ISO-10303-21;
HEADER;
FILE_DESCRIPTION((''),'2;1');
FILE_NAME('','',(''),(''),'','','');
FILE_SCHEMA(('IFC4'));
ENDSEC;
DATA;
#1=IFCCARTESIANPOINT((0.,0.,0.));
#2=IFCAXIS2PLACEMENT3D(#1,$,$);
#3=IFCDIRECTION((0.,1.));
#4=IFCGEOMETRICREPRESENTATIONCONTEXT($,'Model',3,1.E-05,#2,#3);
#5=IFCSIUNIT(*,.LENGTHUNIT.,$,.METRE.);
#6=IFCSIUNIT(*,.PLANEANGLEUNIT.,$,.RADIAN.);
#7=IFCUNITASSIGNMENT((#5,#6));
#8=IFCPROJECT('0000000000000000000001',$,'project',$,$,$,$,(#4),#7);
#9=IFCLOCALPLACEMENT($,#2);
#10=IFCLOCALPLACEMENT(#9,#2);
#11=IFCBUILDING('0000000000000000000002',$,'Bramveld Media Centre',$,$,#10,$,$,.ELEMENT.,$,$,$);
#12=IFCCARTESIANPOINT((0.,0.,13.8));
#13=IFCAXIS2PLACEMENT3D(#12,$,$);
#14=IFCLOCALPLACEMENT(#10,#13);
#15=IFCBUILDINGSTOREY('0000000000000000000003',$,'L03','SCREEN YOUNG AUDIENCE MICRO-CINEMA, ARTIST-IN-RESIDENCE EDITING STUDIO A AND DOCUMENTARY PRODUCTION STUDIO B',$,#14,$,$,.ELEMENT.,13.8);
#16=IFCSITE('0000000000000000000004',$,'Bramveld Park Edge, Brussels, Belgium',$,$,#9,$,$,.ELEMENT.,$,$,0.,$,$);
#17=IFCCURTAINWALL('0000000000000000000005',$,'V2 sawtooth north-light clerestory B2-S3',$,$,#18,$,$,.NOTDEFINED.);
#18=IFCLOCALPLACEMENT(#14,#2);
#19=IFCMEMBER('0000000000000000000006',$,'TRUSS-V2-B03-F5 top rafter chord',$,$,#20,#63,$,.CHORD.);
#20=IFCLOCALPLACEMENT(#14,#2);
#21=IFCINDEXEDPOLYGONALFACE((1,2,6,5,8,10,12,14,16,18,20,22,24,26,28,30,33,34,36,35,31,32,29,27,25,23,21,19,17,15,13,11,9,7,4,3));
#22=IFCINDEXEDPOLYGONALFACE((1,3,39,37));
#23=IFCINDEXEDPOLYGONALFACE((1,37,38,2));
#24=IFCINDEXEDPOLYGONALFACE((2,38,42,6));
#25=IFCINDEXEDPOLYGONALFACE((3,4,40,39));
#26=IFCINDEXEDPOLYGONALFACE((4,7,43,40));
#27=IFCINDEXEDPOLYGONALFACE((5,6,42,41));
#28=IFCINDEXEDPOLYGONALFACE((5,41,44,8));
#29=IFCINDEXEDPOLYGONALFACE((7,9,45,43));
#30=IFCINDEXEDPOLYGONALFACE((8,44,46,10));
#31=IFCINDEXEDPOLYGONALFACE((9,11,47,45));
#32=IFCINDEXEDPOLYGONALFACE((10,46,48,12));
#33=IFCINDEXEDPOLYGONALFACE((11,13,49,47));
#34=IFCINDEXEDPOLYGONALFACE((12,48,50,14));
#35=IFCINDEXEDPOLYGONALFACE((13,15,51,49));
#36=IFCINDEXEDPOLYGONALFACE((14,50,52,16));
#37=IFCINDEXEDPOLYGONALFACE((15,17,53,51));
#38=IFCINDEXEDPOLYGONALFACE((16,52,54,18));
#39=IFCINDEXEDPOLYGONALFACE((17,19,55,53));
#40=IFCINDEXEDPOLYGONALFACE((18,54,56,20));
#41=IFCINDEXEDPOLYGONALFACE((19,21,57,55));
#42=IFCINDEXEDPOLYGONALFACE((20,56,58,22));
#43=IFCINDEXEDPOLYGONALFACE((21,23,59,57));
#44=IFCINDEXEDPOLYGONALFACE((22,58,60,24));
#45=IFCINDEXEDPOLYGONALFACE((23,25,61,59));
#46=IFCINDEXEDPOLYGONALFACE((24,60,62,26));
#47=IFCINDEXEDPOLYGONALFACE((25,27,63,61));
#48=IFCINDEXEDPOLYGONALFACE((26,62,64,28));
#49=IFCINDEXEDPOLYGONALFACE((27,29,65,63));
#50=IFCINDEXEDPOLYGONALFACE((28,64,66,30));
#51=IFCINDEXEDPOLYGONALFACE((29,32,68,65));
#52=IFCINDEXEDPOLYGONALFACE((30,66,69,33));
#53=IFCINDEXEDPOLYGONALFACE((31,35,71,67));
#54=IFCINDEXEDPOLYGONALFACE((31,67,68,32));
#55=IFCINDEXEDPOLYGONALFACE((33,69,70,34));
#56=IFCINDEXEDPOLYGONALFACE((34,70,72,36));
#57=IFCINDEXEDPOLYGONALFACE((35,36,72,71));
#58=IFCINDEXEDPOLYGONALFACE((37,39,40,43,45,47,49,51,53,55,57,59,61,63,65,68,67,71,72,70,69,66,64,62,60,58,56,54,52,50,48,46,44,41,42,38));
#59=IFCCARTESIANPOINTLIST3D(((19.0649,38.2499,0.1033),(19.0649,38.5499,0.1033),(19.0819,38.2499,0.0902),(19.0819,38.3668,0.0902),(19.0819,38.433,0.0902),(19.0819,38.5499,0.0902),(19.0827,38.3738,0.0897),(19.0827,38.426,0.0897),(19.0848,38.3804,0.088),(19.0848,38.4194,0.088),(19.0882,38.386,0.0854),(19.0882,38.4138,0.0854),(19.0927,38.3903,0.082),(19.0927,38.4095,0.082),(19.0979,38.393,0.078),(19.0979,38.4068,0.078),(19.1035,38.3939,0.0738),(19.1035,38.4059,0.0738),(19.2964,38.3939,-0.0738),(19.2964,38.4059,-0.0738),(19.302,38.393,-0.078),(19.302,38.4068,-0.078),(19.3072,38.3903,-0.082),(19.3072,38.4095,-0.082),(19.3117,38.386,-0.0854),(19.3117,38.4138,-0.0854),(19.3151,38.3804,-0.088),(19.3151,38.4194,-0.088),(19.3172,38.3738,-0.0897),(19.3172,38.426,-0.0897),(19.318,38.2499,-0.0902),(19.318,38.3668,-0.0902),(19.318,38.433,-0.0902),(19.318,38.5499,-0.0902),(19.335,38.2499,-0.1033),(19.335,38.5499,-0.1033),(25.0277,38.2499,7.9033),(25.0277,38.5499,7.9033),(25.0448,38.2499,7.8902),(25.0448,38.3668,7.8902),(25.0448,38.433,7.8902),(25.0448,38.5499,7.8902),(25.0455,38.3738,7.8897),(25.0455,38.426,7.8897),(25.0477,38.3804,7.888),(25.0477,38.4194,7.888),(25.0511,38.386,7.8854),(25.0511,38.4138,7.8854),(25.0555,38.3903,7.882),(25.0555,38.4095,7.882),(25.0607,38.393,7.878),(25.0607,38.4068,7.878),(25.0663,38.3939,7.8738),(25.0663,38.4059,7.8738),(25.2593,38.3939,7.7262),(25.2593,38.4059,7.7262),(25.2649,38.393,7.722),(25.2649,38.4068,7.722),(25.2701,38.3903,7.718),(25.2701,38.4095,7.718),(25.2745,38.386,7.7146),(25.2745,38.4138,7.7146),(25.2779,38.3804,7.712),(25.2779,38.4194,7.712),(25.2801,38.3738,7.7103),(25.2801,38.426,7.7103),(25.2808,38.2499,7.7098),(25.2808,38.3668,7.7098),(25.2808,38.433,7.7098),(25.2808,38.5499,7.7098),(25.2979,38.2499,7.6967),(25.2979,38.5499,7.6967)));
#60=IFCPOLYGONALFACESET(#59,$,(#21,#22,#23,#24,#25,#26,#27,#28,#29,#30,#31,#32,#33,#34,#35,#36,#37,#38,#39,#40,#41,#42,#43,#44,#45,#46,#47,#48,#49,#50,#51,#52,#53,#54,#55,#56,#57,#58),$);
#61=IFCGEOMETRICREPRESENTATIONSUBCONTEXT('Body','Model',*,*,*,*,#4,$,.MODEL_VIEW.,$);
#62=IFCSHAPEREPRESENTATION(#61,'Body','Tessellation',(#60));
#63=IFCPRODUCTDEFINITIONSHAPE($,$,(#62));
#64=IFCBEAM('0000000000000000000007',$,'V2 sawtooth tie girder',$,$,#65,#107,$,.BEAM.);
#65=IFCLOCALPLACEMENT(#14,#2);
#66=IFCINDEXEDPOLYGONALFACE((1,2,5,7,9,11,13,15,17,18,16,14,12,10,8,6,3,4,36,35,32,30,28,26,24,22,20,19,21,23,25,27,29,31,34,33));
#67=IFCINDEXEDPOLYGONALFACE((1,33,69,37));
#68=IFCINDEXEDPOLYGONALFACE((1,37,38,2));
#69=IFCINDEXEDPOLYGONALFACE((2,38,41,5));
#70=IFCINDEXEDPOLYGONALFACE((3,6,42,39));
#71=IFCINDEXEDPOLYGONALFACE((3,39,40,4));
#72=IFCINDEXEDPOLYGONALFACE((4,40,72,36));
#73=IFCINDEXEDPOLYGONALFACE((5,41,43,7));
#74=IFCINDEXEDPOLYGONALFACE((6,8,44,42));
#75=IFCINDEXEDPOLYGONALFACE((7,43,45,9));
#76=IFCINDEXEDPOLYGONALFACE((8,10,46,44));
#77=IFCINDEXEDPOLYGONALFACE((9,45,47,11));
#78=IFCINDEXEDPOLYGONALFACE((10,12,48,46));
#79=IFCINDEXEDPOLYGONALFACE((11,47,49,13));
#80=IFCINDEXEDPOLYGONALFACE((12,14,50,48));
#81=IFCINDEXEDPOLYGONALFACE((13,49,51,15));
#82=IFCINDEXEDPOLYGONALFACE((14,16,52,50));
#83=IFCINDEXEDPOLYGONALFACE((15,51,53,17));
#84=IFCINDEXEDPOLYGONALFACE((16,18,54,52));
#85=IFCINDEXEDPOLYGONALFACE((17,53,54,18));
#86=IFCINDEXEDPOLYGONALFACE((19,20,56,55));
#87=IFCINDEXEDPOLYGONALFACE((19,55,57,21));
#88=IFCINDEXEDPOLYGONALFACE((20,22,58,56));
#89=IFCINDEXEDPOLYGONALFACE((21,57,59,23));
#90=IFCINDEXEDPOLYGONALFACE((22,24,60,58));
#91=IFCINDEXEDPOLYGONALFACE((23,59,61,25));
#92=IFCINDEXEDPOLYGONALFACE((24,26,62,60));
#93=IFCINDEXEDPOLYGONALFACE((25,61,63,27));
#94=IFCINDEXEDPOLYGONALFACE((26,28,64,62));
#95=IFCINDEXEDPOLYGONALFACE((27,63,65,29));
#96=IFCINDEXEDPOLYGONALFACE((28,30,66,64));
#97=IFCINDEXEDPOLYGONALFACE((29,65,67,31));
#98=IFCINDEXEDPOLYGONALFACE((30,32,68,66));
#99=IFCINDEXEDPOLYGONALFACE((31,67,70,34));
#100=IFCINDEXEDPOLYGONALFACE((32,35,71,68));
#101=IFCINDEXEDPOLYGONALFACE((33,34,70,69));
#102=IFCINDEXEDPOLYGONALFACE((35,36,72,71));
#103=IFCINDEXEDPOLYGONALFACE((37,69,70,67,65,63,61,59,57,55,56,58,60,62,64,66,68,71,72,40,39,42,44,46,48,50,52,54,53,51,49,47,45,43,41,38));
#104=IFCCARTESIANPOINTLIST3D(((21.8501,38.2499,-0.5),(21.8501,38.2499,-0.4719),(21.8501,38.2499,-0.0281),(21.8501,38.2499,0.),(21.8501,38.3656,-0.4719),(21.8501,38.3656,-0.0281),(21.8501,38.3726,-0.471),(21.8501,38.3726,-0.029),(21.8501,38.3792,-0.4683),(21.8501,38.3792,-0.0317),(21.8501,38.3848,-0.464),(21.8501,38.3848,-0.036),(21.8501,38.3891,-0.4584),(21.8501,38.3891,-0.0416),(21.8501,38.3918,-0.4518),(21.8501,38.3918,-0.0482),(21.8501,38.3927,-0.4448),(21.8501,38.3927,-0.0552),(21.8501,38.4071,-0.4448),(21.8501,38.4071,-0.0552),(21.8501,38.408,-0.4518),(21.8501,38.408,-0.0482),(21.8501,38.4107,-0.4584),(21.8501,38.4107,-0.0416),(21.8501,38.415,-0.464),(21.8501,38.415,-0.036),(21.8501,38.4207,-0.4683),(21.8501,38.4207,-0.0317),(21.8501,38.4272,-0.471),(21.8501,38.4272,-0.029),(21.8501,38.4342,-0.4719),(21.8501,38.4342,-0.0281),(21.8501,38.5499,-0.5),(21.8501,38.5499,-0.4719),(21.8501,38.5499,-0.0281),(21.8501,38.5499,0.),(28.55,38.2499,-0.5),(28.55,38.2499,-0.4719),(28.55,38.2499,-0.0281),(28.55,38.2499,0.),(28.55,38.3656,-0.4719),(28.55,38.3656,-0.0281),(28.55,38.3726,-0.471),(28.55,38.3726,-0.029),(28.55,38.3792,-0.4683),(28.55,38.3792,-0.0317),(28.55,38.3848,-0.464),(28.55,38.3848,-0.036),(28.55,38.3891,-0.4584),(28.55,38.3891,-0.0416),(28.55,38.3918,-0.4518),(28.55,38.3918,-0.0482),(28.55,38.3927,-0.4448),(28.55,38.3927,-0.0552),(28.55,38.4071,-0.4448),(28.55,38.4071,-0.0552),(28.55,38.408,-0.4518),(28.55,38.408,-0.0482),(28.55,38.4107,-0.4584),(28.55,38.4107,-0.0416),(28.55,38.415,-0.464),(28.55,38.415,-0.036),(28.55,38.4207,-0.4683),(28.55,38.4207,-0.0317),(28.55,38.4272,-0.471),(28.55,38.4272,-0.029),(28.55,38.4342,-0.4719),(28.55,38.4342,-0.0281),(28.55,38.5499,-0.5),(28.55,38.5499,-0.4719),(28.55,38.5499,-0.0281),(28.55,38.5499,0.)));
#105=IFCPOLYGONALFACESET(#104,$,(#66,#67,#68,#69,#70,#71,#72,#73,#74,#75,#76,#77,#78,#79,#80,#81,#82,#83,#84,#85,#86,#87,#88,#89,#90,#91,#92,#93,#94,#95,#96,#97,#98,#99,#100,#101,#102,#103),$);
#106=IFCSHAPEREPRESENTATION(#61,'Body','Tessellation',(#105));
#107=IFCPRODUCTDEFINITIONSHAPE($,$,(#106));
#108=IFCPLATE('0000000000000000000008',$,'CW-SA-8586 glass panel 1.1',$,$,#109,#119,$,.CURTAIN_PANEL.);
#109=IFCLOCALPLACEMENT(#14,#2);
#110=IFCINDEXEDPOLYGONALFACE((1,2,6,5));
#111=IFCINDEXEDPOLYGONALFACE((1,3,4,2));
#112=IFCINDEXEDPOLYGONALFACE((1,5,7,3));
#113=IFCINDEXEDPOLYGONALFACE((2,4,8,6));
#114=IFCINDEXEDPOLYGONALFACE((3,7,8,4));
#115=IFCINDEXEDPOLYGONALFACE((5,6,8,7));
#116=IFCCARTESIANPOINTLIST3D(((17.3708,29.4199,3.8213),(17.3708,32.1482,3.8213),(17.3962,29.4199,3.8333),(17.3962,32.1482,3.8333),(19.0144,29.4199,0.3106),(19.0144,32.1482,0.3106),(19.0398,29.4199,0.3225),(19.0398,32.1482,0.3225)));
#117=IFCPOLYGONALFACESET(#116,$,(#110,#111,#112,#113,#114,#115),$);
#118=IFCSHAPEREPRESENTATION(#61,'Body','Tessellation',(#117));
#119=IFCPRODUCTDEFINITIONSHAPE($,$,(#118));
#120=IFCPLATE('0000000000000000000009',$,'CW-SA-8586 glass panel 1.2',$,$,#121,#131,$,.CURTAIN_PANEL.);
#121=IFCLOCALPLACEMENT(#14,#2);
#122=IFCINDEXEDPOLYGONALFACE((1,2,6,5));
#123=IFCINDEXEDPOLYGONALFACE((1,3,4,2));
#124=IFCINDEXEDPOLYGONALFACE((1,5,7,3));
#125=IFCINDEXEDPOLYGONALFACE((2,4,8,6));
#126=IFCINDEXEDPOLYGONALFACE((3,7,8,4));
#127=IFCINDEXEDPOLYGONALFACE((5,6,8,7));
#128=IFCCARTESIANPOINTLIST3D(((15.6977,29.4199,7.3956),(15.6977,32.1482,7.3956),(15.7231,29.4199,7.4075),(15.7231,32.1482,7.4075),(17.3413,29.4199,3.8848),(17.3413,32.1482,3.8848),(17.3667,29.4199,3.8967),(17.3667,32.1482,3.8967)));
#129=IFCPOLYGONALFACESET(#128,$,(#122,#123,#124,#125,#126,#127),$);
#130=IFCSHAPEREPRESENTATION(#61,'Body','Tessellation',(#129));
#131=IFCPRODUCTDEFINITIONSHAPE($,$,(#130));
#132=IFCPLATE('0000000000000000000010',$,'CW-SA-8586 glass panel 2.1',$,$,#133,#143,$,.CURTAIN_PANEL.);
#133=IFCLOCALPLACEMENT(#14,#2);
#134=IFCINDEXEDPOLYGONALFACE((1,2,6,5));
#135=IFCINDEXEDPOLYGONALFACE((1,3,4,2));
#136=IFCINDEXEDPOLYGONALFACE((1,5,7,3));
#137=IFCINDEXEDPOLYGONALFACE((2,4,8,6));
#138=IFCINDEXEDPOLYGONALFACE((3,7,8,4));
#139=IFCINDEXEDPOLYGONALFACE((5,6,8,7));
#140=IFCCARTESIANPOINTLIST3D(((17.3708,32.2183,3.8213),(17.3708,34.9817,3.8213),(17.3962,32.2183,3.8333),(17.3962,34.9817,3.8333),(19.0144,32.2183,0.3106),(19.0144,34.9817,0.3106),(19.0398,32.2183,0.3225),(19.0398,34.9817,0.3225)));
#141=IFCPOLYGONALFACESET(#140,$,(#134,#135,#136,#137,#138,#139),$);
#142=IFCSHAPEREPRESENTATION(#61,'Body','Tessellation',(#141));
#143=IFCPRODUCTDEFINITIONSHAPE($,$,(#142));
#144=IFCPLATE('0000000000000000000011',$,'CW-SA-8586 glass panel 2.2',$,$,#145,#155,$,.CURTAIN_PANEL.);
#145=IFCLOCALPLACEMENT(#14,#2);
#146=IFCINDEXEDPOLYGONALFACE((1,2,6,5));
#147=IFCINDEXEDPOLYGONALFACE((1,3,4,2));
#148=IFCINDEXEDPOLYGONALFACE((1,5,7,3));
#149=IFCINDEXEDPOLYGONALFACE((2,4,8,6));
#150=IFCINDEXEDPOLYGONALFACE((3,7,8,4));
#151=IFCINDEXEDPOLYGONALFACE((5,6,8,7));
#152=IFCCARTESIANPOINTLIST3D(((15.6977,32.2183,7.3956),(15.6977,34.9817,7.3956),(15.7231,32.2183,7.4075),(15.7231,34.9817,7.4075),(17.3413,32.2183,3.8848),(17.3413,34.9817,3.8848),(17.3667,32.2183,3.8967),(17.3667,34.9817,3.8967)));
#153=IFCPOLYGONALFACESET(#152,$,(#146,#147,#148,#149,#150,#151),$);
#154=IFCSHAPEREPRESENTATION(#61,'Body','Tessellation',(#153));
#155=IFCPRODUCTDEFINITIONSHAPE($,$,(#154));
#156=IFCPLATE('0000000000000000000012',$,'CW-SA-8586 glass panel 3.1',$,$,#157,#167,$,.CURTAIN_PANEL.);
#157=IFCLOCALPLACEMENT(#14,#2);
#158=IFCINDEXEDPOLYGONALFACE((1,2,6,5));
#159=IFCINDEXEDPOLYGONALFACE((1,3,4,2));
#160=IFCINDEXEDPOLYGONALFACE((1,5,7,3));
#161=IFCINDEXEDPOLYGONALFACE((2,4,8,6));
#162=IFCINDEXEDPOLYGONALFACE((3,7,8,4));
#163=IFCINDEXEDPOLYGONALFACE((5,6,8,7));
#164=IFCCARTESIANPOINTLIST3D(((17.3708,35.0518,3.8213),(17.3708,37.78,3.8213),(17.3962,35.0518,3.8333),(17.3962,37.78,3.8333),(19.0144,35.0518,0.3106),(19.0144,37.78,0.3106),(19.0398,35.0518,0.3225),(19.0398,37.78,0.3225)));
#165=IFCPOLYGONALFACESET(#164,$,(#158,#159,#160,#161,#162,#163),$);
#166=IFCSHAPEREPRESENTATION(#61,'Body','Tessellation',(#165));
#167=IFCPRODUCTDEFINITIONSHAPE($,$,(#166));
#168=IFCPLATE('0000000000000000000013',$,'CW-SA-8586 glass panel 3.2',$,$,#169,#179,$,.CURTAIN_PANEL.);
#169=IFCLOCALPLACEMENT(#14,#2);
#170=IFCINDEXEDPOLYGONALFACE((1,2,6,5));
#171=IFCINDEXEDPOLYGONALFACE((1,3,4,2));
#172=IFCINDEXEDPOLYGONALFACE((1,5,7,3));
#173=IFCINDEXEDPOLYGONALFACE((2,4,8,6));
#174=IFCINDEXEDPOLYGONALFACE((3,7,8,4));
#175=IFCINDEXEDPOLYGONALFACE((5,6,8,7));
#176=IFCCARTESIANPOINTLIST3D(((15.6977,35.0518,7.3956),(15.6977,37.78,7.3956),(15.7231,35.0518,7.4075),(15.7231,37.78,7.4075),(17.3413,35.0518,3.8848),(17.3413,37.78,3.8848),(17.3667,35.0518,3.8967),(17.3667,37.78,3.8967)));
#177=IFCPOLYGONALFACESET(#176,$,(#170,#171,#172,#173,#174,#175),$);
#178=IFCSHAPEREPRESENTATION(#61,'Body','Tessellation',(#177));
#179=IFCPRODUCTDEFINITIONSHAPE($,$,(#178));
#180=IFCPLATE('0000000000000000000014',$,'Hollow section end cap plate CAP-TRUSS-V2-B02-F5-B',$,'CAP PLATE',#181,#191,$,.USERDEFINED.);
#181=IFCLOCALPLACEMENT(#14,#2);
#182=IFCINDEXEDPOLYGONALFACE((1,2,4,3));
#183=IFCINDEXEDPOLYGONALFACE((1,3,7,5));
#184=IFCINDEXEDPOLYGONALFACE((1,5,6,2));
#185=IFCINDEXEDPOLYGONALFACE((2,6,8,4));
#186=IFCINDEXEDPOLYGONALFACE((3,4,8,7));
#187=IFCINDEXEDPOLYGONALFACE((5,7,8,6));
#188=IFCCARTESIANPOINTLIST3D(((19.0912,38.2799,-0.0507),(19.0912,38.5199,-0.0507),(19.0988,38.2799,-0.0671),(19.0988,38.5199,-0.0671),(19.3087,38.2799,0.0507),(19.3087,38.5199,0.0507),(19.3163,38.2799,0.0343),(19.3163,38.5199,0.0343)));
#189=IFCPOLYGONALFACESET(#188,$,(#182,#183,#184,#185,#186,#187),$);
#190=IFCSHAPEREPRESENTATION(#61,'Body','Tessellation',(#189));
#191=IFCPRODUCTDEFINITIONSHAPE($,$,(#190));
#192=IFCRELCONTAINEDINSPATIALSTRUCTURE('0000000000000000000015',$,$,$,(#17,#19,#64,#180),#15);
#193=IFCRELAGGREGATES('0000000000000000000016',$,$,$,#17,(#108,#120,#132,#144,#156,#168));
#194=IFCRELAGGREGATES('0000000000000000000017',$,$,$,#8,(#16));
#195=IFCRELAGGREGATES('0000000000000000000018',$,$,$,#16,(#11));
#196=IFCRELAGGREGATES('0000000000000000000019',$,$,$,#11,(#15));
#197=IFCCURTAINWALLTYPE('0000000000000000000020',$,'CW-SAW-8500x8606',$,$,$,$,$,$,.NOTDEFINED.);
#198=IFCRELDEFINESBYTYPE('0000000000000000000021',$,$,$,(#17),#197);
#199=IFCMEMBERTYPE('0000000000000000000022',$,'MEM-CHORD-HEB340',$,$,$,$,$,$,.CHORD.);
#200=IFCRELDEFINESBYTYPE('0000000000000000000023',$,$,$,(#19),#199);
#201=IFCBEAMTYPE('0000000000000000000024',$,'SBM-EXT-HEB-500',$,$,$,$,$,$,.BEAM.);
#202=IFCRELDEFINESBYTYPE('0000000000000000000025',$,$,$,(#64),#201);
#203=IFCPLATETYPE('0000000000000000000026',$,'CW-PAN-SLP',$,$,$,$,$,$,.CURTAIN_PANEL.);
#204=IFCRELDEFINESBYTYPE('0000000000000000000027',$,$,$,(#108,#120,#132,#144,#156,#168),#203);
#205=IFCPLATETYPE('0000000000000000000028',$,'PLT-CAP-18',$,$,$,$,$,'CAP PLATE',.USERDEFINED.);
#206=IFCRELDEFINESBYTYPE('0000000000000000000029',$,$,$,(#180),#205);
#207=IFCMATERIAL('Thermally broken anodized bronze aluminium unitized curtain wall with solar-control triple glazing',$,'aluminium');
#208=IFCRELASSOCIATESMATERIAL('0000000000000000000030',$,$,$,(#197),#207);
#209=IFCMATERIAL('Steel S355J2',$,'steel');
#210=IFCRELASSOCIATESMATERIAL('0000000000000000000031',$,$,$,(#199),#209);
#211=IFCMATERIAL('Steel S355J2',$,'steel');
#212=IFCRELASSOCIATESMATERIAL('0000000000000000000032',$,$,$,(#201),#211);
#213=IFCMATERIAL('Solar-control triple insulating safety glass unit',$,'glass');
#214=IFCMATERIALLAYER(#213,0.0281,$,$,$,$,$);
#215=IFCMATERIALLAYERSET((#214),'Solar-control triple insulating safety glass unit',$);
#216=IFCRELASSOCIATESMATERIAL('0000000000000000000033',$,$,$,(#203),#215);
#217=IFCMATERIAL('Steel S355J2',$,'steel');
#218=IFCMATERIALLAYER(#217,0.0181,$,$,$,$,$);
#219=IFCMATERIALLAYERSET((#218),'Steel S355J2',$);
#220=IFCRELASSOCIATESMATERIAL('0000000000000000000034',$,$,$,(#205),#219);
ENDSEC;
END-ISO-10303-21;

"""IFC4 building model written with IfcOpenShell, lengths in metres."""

from ifc_helpers import new_model, si_unit, direction, frame, origin, origin_2d, place, context, subcontext, project, spatial, polyline, rectangle, i_section, outline, extrude, material, layer, layer_set, material_profile, profile_set, type_object, element, aggregate, save


model = new_model("IFC4")

# Units and contexts
model_context = context("Model", 3, precision=1e-05, world=origin(), true_north=direction((0.0, 1.0)))
body_context = subcontext(model_context, "Body", "Model", "MODEL_VIEW")
ifc_project = project(units=[si_unit("LENGTHUNIT", "METRE"), si_unit("PLANEANGLEUNIT", "RADIAN")], contexts=[model_context])

# Site, building, storey
site_placement = place(None, origin())
site = spatial("IfcSite", under=ifc_project, at=site_placement, Name="Bramveld Park Edge, Brussels, Belgium", CompositionType="ELEMENT", RefElevation=0.0)
building_placement = place(site_placement, origin())
building = spatial("IfcBuilding", under=site, at=building_placement, Name="Bramveld Media Centre", CompositionType="ELEMENT")
storey_placement = place(building_placement, frame((0.0, 0.0, 13.8)))
storey = spatial("IfcBuildingStorey", under=building, at=storey_placement, Name="L03", Description="SCREEN YOUNG AUDIENCE MICRO-CINEMA, ARTIST-IN-RESIDENCE EDITING STUDIO A AND DOCUMENTARY PRODUCTION STUDIO B", CompositionType="ELEMENT", Elevation=13.8)

# Curtain wall
ifc_material_1 = material(Name="Thermally broken anodized bronze aluminium unitized curtain wall with solar-control triple glazing", Category="aluminium")
curtain_wall_type = type_object("IfcCurtainWallType", Name="CW-SAW-8500x8606", PredefinedType="NOTDEFINED", material=ifc_material_1)
curtain_wall_placement = place(storey_placement, origin())
curtain_wall = element("IfcCurtainWall", 1, at=curtain_wall_placement, inside=storey, type_object=curtain_wall_type, Name="V2 sawtooth north-light clerestory B2-S3", PredefinedType="NOTDEFINED")

# Member
ifc_material_2 = material(Name="Steel S355J2", Category="steel")
ifc_material_profile_1 = material_profile(ifc_material_2, i_section(OverallWidth=0.3, OverallDepth=0.3401, WebThickness=0.012, FlangeThickness=0.0215, FilletRadius=0.0271, at=origin_2d()), Name="HEB 340")
ifc_profile_set_1 = profile_set([ifc_material_profile_1], Name="Steel S355J2")
member_type_1 = type_object("IfcMemberType", Name="MEM-CHORD-HEB340", PredefinedType="CHORD", material=ifc_profile_set_1)
member_1_placement = place(storey_placement, frame((19.2, 38.3999, 0.0), z_axis=(0.607331, 0.0, 0.794449), x_axis=(0.0, 1.0, 0.0)))
element("IfcMember", 2, at=member_1_placement, inside=storey, type_object=member_type_1, Name="TRUSS-V2-B03-F5 top rafter chord", PredefinedType="CHORD", context=body_context, shape_type="SweptSolid", body=[
    extrude(i_section(OverallWidth=0.3, OverallDepth=0.3401, WebThickness=0.012, FlangeThickness=0.0215, FilletRadius=0.0271, at=origin_2d()), origin(), (0.0, 0.0, 1.0), 9.8181),
])

# Beam
ifc_material_3 = material(Name="Steel S355J2", Category="steel")
ifc_material_profile_2 = material_profile(ifc_material_3, i_section(OverallWidth=0.3, OverallDepth=0.5, WebThickness=0.0144, FlangeThickness=0.0281, FilletRadius=0.0271, at=origin_2d()), Name="HEB 500")
ifc_profile_set_2 = profile_set([ifc_material_profile_2], Name="Steel S355J2")
beam_type = type_object("IfcBeamType", Name="SBM-EXT-HEB-500", PredefinedType="BEAM", material=ifc_profile_set_2)
beam_placement = place(storey_placement, frame((21.8501, 38.3999, -0.25), z_axis=(1.0, 0.0, 0.0), x_axis=(0.0, 1.0, 0.0)))
element("IfcBeam", 3, at=beam_placement, inside=storey, type_object=beam_type, Name="V2 sawtooth tie girder", PredefinedType="BEAM", context=body_context, shape_type="SweptSolid", body=[
    extrude(i_section(OverallWidth=0.3, OverallDepth=0.5, WebThickness=0.0144, FlangeThickness=0.0281, FilletRadius=0.0271, at=origin_2d()), origin(), (0.0, 0.0, 1.0), 6.7),
])

# Plates
ifc_material_4 = material(Name="Solar-control triple insulating safety glass unit", Category="glass")
ifc_layer_1 = layer(ifc_material_4, 0.0281)
ifc_layer_set_1 = layer_set([ifc_layer_1], Name="Solar-control triple insulating safety glass unit")
plate_type_1 = type_object("IfcPlateType", Name="CW-PAN-SLP", PredefinedType="CURTAIN_PANEL", material=ifc_layer_set_1)
plate_1_placement = place(storey_placement, frame((19.0398, 29.4199, 0.3225), z_axis=(0.905668, 0.0, 0.423988), x_axis=(0.0, 1.0, 0.0)))
plate_1 = element("IfcPlate", 4, at=plate_1_placement, type_object=plate_type_1, Name="CW-SA-8586 glass panel 1.1", PredefinedType="CURTAIN_PANEL", context=body_context, shape_type="SweptSolid", body=[
    extrude(outline(polyline([(0.0, 0.0), (2.7283, 0.0), (2.7283, 3.8764), (0.0, 3.8764), (0.0, 0.0)])), origin(), (0.0, 0.0, -1.0), 0.0281),
])
plate_2_placement = place(storey_placement, frame((17.3667, 29.4199, 3.8967), z_axis=(0.905668, 0.0, 0.423988), x_axis=(0.0, 1.0, 0.0)))
plate_2 = element("IfcPlate", 5, at=plate_2_placement, type_object=plate_type_1, Name="CW-SA-8586 glass panel 1.2", PredefinedType="CURTAIN_PANEL", context=body_context, shape_type="SweptSolid", body=[
    extrude(outline(polyline([(0.0, 0.0), (2.7283, 0.0), (2.7283, 3.8764), (0.0, 3.8764), (0.0, 0.0)])), origin(), (0.0, 0.0, -1.0), 0.0281),
])
plate_3_placement = place(storey_placement, frame((19.0398, 32.2183, 0.3225), z_axis=(0.905668, 0.0, 0.423988), x_axis=(0.0, 1.0, 0.0)))
plate_3 = element("IfcPlate", 6, at=plate_3_placement, type_object=plate_type_1, Name="CW-SA-8586 glass panel 2.1", PredefinedType="CURTAIN_PANEL", context=body_context, shape_type="SweptSolid", body=[
    extrude(outline(polyline([(0.0, 0.0), (2.7634, 0.0), (2.7634, 3.8764), (0.0, 3.8764), (0.0, 0.0)])), origin(), (0.0, 0.0, -1.0), 0.0281),
])
plate_4_placement = place(storey_placement, frame((17.3667, 32.2183, 3.8967), z_axis=(0.905668, 0.0, 0.423988), x_axis=(0.0, 1.0, 0.0)))
plate_4 = element("IfcPlate", 7, at=plate_4_placement, type_object=plate_type_1, Name="CW-SA-8586 glass panel 2.2", PredefinedType="CURTAIN_PANEL", context=body_context, shape_type="SweptSolid", body=[
    extrude(outline(polyline([(0.0, 0.0), (2.7634, 0.0), (2.7634, 3.8764), (0.0, 3.8764), (0.0, 0.0)])), origin(), (0.0, 0.0, -1.0), 0.0281),
])
plate_5_placement = place(storey_placement, frame((19.0398, 35.0518, 0.3225), z_axis=(0.905668, 0.0, 0.423988), x_axis=(0.0, 1.0, 0.0)))
plate_5 = element("IfcPlate", 8, at=plate_5_placement, type_object=plate_type_1, Name="CW-SA-8586 glass panel 3.1", PredefinedType="CURTAIN_PANEL", context=body_context, shape_type="SweptSolid", body=[
    extrude(outline(polyline([(0.0, 0.0), (2.7283, 0.0), (2.7283, 3.8764), (0.0, 3.8764), (0.0, 0.0)])), origin(), (0.0, 0.0, -1.0), 0.0281),
])
plate_6_placement = place(storey_placement, frame((17.3667, 35.0518, 3.8967), z_axis=(0.905668, 0.0, 0.423988), x_axis=(0.0, 1.0, 0.0)))
plate_6 = element("IfcPlate", 9, at=plate_6_placement, type_object=plate_type_1, Name="CW-SA-8586 glass panel 3.2", PredefinedType="CURTAIN_PANEL", context=body_context, shape_type="SweptSolid", body=[
    extrude(outline(polyline([(0.0, 0.0), (2.7283, 0.0), (2.7283, 3.8764), (0.0, 3.8764), (0.0, 0.0)])), origin(), (0.0, 0.0, -1.0), 0.0281),
])
aggregate(curtain_wall, [plate_1, plate_2, plate_3, plate_4, plate_5, plate_6])
ifc_material_5 = material(Name="Steel S355J2", Category="steel")
ifc_layer_2 = layer(ifc_material_5, 0.0181)
ifc_layer_set_2 = layer_set([ifc_layer_2], Name="Steel S355J2")
plate_type_2 = type_object("IfcPlateType", Name="PLT-CAP-18", ElementType="CAP PLATE", PredefinedType="USERDEFINED", material=ifc_layer_set_2)
plate_7_placement = place(storey_placement, frame((19.2, 38.3999, 0.0), z_axis=(0.422618, 0.0, -0.906308), x_axis=(0.0, 1.0, 0.0)))
element("IfcPlate", 10, at=plate_7_placement, inside=storey, type_object=plate_type_2, Name="Hollow section end cap plate CAP-TRUSS-V2-B02-F5-B", ObjectType="CAP PLATE", PredefinedType="USERDEFINED", context=body_context, shape_type="SweptSolid", body=[
    extrude(rectangle(XDim=0.24, YDim=0.24, at=origin_2d()), origin(), (0.0, 0.0, 1.0), 0.0181),
])

save(model, "model.ifc")
